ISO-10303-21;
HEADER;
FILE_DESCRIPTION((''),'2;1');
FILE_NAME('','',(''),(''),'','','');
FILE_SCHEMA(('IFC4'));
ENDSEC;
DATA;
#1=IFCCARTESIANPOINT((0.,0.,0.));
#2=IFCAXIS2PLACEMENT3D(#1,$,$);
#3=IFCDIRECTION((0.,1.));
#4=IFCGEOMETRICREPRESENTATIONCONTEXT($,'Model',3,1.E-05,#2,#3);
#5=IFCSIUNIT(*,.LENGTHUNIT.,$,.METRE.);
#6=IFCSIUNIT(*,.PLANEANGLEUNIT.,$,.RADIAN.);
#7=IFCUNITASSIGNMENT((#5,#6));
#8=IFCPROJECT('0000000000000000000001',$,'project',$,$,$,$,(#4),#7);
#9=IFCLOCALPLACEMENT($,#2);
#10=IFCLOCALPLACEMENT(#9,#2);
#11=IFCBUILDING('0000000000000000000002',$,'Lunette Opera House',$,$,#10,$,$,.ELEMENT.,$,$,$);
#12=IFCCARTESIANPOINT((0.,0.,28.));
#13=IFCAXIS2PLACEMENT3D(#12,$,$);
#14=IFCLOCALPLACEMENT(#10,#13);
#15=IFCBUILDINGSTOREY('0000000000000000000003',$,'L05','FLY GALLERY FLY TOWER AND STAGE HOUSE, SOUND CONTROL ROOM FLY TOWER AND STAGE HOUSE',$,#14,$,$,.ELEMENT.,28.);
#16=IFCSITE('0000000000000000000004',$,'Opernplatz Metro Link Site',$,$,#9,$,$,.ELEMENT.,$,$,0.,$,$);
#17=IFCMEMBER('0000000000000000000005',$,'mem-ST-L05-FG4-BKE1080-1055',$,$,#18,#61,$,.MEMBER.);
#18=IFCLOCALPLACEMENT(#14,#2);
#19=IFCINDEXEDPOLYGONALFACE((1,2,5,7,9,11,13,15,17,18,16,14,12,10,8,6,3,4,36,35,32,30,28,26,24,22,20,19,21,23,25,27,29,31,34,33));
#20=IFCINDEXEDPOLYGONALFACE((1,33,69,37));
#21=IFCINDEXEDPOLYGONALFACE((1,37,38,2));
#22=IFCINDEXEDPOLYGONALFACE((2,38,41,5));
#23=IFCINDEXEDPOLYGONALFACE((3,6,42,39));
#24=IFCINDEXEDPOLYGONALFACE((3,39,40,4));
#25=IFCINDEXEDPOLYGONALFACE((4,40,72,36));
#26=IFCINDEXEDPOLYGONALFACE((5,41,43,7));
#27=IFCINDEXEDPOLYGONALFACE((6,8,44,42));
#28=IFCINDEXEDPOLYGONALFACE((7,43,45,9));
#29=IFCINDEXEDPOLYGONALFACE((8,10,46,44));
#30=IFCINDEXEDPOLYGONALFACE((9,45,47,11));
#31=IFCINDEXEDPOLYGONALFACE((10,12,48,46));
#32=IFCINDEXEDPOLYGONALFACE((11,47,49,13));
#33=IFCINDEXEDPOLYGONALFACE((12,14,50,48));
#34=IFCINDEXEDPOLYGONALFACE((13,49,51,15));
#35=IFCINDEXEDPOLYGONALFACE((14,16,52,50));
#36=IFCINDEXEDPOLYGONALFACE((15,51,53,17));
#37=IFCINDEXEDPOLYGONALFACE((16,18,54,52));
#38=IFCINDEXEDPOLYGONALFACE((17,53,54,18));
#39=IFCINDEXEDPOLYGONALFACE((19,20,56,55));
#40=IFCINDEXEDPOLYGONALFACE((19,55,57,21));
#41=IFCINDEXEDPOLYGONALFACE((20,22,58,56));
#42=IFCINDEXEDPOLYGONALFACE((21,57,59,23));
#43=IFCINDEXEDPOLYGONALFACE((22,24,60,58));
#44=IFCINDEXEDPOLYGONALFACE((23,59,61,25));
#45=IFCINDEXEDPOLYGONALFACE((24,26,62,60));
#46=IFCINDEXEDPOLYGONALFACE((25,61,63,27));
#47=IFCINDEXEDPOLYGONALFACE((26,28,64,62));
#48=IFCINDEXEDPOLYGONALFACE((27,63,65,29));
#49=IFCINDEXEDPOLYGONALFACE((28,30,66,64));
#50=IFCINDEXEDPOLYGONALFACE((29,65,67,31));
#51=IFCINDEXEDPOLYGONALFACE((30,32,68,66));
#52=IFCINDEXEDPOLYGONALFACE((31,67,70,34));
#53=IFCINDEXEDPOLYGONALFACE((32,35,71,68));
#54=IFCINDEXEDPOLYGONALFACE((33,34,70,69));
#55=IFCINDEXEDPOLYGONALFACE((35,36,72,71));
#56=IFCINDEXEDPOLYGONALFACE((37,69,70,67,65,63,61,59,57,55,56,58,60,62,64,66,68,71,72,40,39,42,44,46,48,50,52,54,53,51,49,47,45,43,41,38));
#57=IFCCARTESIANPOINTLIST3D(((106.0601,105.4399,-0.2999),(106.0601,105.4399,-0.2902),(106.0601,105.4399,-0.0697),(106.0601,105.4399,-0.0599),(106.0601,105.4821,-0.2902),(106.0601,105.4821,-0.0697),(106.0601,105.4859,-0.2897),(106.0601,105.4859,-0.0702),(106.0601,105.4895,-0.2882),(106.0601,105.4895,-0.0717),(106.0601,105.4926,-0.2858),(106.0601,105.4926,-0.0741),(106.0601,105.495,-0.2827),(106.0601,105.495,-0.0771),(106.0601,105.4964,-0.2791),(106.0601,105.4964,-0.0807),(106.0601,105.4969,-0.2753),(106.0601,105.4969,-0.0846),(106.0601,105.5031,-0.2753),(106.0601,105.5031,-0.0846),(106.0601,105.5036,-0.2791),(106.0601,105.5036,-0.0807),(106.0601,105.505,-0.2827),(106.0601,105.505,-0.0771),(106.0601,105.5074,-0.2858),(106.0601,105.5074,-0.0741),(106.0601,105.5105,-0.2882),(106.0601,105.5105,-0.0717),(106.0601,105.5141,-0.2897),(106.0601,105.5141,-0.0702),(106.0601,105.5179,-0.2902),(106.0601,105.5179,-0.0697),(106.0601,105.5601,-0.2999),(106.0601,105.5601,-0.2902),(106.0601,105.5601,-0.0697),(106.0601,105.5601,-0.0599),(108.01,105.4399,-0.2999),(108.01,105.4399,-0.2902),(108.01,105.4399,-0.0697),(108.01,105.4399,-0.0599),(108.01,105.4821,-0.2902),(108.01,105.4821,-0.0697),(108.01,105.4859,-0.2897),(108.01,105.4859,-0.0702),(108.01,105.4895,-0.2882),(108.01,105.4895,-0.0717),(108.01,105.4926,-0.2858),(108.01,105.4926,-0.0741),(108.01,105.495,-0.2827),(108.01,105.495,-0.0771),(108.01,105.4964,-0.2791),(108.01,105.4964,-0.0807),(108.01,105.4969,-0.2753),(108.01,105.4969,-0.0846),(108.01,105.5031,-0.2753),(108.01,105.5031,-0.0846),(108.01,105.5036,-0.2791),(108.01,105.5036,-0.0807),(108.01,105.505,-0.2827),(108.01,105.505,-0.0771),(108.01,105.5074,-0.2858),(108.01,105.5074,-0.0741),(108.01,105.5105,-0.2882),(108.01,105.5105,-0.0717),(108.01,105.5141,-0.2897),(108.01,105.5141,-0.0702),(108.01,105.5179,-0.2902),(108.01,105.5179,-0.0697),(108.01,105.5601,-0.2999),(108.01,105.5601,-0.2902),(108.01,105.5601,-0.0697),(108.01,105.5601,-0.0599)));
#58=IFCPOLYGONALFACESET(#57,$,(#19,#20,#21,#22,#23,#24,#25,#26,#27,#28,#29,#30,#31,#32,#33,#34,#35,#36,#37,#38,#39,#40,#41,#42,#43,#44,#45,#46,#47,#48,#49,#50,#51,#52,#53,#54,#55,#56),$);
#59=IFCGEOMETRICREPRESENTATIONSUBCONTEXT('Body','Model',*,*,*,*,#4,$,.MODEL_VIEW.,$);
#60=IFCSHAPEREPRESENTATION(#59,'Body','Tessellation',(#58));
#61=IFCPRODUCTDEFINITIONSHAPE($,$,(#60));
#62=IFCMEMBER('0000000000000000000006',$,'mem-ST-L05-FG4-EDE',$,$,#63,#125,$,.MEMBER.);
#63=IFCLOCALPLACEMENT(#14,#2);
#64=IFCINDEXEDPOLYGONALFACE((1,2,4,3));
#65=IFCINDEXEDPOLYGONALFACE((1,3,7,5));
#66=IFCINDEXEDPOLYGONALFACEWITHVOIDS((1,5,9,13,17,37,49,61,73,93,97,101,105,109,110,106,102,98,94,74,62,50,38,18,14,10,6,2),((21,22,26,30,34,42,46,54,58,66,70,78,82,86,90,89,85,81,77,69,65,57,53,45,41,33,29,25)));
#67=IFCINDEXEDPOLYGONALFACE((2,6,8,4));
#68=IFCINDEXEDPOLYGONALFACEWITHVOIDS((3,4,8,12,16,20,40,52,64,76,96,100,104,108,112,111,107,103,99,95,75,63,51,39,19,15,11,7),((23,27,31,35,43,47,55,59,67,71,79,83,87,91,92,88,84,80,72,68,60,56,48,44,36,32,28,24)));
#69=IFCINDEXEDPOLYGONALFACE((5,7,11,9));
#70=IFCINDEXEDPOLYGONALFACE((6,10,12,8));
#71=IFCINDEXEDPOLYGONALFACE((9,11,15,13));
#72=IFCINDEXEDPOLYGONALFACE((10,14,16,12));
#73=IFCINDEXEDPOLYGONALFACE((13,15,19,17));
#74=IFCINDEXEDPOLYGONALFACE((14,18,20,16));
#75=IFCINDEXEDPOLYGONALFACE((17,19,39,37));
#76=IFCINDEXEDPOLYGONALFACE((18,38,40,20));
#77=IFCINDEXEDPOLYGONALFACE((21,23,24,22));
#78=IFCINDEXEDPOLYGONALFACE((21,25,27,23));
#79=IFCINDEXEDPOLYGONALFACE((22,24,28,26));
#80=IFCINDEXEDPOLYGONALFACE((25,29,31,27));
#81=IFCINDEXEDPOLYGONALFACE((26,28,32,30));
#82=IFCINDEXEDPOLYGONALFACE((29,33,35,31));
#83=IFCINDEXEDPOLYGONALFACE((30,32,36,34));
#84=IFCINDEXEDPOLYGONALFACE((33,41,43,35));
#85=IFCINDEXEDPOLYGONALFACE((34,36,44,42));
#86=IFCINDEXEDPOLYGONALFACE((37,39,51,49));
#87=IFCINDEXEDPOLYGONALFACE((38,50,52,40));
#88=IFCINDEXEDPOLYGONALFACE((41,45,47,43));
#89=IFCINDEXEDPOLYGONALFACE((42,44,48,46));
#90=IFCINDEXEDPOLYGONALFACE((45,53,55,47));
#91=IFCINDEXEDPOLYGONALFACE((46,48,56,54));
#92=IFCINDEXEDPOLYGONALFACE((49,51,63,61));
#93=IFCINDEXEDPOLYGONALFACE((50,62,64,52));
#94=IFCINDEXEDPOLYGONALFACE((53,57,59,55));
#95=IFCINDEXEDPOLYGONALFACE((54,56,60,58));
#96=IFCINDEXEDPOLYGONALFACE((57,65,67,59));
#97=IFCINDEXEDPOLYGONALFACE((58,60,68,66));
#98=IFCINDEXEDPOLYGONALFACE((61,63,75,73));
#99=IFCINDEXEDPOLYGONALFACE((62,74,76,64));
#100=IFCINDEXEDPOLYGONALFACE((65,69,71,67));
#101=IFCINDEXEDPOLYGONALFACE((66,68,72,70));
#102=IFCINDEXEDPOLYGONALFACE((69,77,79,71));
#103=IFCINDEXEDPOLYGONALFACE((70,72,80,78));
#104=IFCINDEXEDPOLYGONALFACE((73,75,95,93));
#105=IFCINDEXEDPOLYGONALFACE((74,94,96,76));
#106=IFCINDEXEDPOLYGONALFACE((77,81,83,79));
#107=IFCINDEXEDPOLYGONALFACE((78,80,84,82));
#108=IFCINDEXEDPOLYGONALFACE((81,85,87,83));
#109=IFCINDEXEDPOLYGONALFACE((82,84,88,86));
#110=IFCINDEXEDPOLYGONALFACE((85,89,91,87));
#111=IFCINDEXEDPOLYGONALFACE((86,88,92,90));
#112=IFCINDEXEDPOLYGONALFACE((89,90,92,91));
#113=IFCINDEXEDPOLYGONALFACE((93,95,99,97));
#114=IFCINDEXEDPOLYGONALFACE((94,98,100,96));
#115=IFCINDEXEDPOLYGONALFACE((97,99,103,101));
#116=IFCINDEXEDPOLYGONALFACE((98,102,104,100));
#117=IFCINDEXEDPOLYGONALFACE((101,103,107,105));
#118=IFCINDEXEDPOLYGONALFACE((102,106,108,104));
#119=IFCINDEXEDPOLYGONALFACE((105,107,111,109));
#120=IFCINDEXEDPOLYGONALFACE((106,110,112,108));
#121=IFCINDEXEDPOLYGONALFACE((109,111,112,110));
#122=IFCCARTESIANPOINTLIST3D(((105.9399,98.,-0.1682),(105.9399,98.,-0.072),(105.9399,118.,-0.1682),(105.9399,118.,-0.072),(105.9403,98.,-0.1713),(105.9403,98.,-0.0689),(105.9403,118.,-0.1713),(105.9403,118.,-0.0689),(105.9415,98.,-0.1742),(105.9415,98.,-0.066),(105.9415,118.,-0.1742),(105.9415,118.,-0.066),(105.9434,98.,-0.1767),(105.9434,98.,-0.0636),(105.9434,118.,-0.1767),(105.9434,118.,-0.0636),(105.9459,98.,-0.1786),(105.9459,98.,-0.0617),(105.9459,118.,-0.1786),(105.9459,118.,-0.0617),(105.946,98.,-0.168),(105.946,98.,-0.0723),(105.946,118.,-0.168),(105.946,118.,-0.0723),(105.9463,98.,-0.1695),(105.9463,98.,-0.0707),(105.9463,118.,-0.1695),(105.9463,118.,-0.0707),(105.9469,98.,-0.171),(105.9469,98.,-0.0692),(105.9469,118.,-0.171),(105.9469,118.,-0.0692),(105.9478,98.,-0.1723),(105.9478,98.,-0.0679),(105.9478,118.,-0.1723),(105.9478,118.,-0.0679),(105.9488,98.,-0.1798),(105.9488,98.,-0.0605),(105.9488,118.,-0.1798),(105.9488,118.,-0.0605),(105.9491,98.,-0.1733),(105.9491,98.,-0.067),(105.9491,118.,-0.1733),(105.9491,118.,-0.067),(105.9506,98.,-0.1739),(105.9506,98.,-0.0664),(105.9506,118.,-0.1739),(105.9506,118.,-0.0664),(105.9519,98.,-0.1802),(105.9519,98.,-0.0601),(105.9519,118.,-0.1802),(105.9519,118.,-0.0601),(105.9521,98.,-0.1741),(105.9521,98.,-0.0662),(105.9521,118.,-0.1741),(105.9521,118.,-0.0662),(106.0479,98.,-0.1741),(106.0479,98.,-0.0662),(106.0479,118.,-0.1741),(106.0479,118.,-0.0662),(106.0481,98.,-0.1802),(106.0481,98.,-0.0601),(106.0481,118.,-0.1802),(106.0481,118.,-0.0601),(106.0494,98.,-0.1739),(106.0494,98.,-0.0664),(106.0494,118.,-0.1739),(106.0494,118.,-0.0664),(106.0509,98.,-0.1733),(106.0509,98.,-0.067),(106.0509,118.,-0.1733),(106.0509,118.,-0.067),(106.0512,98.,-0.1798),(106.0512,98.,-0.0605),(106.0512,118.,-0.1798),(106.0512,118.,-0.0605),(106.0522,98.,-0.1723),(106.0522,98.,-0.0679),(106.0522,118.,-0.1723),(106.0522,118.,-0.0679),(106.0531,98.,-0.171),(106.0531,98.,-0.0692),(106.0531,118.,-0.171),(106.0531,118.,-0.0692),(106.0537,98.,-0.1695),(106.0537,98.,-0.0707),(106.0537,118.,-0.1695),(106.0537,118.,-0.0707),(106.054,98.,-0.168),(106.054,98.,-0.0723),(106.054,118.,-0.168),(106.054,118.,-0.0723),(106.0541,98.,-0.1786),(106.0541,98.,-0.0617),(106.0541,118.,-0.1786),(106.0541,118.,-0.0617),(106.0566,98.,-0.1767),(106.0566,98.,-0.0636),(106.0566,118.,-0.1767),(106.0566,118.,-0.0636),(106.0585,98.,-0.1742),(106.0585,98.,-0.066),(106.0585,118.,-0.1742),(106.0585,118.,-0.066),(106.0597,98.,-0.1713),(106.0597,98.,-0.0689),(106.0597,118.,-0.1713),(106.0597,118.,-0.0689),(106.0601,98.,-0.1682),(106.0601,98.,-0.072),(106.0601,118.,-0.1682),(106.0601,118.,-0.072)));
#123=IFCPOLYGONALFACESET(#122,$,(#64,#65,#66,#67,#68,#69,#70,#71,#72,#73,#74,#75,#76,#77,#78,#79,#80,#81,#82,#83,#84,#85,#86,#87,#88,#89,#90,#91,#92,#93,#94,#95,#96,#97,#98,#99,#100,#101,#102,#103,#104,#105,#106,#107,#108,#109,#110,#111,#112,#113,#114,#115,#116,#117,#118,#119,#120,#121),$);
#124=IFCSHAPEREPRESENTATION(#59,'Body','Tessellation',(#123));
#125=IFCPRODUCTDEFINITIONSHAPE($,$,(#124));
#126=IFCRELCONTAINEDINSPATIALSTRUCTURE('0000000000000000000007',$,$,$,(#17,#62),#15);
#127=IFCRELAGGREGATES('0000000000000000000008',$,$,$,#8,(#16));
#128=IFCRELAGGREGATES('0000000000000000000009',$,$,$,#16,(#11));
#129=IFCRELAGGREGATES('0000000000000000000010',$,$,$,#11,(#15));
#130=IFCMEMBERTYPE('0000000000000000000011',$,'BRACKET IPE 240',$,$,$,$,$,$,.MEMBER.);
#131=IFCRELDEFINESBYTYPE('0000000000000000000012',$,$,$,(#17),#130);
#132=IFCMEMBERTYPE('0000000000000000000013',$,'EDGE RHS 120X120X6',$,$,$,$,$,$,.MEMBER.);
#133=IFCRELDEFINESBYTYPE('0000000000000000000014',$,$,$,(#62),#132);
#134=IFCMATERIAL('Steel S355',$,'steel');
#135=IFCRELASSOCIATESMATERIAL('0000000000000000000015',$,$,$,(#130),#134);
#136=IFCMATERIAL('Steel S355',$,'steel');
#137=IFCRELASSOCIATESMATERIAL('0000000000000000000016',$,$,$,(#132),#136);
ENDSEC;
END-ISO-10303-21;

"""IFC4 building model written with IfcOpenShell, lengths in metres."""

from ifc_helpers import new_model, si_unit, direction, frame, origin, origin_2d, place, context, subcontext, project, spatial, hollow_rectangle, i_section, extrude, material, material_profile, profile_set, type_object, element, save


model = new_model("IFC4")

# Units and contexts
model_context = context("Model", 3, precision=1e-05, world=origin(), true_north=direction((0.0, 1.0)))
body_context = subcontext(model_context, "Body", "Model", "MODEL_VIEW")
ifc_project = project(units=[si_unit("LENGTHUNIT", "METRE"), si_unit("PLANEANGLEUNIT", "RADIAN")], contexts=[model_context])

# Site, building, storey
site_placement = place(None, origin())
site = spatial("IfcSite", under=ifc_project, at=site_placement, Name="Opernplatz Metro Link Site", CompositionType="ELEMENT", RefElevation=0.0)
building_placement = place(site_placement, origin())
building = spatial("IfcBuilding", under=site, at=building_placement, Name="Lunette Opera House", CompositionType="ELEMENT")
storey_placement = place(building_placement, frame((0.0, 0.0, 28.0)))
storey = spatial("IfcBuildingStorey", under=building, at=storey_placement, Name="L05", Description="FLY GALLERY FLY TOWER AND STAGE HOUSE, SOUND CONTROL ROOM FLY TOWER AND STAGE HOUSE", CompositionType="ELEMENT", Elevation=28.0)

# Members
ifc_material_1 = material(Name="Steel S355", Category="steel")
ifc_material_profile_1 = material_profile(ifc_material_1, i_section(OverallWidth=0.1201, OverallDepth=0.24, WebThickness=0.0061, FlangeThickness=0.0098, FilletRadius=0.0149, at=origin_2d()), Name="IPE 240")
ifc_profile_set_1 = profile_set([ifc_material_profile_1], Name="Steel S355")
member_type_1 = type_object("IfcMemberType", Name="BRACKET IPE 240", PredefinedType="MEMBER", material=ifc_profile_set_1)
for number, where, z_axis, x_axis, name in (
    (1, (108.01, 105.5, -0.1799), (-1.0, 0.0, 0.0), (0.0, -1.0, 0.0), "mem-ST-L05-FG4-BKE1080-1055"),
):
    element("IfcMember", number, at=place(storey_placement, frame(where, z_axis=z_axis, x_axis=x_axis)), inside=storey, type_object=member_type_1, Name=name, PredefinedType="MEMBER", context=body_context, shape_type="SweptSolid", body=[
        extrude(i_section(OverallWidth=0.1201, OverallDepth=0.24, WebThickness=0.0061, FlangeThickness=0.0098, FilletRadius=0.0149, at=origin_2d()), origin(), (0.0, 0.0, 1.0), 1.95),
    ])
ifc_material_2 = material(Name="Steel S355", Category="steel")
ifc_material_profile_2 = material_profile(ifc_material_2, hollow_rectangle(XDim=0.1201, YDim=0.1201, WallThickness=0.0061, InnerFilletRadius=0.0061, OuterFilletRadius=0.012, at=origin_2d()), Name="RHS 120X120X6")
ifc_profile_set_2 = profile_set([ifc_material_profile_2], Name="Steel S355")
member_type_2 = type_object("IfcMemberType", Name="EDGE RHS 120X120X6", PredefinedType="MEMBER", material=ifc_profile_set_2)
member_placement = place(storey_placement, frame((106.0, 98.0, -0.1201), z_axis=(0.0, 1.0, 0.0), x_axis=(-1.0, 0.0, 0.0)))
element("IfcMember", 2, at=member_placement, inside=storey, type_object=member_type_2, Name="mem-ST-L05-FG4-EDE", PredefinedType="MEMBER", context=body_context, shape_type="SweptSolid", body=[
    extrude(hollow_rectangle(XDim=0.1201, YDim=0.1201, WallThickness=0.0061, InnerFilletRadius=0.0061, OuterFilletRadius=0.012, at=origin_2d()), origin(), (0.0, 0.0, 1.0), 20.0),
])

save(model, "model.ifc")
